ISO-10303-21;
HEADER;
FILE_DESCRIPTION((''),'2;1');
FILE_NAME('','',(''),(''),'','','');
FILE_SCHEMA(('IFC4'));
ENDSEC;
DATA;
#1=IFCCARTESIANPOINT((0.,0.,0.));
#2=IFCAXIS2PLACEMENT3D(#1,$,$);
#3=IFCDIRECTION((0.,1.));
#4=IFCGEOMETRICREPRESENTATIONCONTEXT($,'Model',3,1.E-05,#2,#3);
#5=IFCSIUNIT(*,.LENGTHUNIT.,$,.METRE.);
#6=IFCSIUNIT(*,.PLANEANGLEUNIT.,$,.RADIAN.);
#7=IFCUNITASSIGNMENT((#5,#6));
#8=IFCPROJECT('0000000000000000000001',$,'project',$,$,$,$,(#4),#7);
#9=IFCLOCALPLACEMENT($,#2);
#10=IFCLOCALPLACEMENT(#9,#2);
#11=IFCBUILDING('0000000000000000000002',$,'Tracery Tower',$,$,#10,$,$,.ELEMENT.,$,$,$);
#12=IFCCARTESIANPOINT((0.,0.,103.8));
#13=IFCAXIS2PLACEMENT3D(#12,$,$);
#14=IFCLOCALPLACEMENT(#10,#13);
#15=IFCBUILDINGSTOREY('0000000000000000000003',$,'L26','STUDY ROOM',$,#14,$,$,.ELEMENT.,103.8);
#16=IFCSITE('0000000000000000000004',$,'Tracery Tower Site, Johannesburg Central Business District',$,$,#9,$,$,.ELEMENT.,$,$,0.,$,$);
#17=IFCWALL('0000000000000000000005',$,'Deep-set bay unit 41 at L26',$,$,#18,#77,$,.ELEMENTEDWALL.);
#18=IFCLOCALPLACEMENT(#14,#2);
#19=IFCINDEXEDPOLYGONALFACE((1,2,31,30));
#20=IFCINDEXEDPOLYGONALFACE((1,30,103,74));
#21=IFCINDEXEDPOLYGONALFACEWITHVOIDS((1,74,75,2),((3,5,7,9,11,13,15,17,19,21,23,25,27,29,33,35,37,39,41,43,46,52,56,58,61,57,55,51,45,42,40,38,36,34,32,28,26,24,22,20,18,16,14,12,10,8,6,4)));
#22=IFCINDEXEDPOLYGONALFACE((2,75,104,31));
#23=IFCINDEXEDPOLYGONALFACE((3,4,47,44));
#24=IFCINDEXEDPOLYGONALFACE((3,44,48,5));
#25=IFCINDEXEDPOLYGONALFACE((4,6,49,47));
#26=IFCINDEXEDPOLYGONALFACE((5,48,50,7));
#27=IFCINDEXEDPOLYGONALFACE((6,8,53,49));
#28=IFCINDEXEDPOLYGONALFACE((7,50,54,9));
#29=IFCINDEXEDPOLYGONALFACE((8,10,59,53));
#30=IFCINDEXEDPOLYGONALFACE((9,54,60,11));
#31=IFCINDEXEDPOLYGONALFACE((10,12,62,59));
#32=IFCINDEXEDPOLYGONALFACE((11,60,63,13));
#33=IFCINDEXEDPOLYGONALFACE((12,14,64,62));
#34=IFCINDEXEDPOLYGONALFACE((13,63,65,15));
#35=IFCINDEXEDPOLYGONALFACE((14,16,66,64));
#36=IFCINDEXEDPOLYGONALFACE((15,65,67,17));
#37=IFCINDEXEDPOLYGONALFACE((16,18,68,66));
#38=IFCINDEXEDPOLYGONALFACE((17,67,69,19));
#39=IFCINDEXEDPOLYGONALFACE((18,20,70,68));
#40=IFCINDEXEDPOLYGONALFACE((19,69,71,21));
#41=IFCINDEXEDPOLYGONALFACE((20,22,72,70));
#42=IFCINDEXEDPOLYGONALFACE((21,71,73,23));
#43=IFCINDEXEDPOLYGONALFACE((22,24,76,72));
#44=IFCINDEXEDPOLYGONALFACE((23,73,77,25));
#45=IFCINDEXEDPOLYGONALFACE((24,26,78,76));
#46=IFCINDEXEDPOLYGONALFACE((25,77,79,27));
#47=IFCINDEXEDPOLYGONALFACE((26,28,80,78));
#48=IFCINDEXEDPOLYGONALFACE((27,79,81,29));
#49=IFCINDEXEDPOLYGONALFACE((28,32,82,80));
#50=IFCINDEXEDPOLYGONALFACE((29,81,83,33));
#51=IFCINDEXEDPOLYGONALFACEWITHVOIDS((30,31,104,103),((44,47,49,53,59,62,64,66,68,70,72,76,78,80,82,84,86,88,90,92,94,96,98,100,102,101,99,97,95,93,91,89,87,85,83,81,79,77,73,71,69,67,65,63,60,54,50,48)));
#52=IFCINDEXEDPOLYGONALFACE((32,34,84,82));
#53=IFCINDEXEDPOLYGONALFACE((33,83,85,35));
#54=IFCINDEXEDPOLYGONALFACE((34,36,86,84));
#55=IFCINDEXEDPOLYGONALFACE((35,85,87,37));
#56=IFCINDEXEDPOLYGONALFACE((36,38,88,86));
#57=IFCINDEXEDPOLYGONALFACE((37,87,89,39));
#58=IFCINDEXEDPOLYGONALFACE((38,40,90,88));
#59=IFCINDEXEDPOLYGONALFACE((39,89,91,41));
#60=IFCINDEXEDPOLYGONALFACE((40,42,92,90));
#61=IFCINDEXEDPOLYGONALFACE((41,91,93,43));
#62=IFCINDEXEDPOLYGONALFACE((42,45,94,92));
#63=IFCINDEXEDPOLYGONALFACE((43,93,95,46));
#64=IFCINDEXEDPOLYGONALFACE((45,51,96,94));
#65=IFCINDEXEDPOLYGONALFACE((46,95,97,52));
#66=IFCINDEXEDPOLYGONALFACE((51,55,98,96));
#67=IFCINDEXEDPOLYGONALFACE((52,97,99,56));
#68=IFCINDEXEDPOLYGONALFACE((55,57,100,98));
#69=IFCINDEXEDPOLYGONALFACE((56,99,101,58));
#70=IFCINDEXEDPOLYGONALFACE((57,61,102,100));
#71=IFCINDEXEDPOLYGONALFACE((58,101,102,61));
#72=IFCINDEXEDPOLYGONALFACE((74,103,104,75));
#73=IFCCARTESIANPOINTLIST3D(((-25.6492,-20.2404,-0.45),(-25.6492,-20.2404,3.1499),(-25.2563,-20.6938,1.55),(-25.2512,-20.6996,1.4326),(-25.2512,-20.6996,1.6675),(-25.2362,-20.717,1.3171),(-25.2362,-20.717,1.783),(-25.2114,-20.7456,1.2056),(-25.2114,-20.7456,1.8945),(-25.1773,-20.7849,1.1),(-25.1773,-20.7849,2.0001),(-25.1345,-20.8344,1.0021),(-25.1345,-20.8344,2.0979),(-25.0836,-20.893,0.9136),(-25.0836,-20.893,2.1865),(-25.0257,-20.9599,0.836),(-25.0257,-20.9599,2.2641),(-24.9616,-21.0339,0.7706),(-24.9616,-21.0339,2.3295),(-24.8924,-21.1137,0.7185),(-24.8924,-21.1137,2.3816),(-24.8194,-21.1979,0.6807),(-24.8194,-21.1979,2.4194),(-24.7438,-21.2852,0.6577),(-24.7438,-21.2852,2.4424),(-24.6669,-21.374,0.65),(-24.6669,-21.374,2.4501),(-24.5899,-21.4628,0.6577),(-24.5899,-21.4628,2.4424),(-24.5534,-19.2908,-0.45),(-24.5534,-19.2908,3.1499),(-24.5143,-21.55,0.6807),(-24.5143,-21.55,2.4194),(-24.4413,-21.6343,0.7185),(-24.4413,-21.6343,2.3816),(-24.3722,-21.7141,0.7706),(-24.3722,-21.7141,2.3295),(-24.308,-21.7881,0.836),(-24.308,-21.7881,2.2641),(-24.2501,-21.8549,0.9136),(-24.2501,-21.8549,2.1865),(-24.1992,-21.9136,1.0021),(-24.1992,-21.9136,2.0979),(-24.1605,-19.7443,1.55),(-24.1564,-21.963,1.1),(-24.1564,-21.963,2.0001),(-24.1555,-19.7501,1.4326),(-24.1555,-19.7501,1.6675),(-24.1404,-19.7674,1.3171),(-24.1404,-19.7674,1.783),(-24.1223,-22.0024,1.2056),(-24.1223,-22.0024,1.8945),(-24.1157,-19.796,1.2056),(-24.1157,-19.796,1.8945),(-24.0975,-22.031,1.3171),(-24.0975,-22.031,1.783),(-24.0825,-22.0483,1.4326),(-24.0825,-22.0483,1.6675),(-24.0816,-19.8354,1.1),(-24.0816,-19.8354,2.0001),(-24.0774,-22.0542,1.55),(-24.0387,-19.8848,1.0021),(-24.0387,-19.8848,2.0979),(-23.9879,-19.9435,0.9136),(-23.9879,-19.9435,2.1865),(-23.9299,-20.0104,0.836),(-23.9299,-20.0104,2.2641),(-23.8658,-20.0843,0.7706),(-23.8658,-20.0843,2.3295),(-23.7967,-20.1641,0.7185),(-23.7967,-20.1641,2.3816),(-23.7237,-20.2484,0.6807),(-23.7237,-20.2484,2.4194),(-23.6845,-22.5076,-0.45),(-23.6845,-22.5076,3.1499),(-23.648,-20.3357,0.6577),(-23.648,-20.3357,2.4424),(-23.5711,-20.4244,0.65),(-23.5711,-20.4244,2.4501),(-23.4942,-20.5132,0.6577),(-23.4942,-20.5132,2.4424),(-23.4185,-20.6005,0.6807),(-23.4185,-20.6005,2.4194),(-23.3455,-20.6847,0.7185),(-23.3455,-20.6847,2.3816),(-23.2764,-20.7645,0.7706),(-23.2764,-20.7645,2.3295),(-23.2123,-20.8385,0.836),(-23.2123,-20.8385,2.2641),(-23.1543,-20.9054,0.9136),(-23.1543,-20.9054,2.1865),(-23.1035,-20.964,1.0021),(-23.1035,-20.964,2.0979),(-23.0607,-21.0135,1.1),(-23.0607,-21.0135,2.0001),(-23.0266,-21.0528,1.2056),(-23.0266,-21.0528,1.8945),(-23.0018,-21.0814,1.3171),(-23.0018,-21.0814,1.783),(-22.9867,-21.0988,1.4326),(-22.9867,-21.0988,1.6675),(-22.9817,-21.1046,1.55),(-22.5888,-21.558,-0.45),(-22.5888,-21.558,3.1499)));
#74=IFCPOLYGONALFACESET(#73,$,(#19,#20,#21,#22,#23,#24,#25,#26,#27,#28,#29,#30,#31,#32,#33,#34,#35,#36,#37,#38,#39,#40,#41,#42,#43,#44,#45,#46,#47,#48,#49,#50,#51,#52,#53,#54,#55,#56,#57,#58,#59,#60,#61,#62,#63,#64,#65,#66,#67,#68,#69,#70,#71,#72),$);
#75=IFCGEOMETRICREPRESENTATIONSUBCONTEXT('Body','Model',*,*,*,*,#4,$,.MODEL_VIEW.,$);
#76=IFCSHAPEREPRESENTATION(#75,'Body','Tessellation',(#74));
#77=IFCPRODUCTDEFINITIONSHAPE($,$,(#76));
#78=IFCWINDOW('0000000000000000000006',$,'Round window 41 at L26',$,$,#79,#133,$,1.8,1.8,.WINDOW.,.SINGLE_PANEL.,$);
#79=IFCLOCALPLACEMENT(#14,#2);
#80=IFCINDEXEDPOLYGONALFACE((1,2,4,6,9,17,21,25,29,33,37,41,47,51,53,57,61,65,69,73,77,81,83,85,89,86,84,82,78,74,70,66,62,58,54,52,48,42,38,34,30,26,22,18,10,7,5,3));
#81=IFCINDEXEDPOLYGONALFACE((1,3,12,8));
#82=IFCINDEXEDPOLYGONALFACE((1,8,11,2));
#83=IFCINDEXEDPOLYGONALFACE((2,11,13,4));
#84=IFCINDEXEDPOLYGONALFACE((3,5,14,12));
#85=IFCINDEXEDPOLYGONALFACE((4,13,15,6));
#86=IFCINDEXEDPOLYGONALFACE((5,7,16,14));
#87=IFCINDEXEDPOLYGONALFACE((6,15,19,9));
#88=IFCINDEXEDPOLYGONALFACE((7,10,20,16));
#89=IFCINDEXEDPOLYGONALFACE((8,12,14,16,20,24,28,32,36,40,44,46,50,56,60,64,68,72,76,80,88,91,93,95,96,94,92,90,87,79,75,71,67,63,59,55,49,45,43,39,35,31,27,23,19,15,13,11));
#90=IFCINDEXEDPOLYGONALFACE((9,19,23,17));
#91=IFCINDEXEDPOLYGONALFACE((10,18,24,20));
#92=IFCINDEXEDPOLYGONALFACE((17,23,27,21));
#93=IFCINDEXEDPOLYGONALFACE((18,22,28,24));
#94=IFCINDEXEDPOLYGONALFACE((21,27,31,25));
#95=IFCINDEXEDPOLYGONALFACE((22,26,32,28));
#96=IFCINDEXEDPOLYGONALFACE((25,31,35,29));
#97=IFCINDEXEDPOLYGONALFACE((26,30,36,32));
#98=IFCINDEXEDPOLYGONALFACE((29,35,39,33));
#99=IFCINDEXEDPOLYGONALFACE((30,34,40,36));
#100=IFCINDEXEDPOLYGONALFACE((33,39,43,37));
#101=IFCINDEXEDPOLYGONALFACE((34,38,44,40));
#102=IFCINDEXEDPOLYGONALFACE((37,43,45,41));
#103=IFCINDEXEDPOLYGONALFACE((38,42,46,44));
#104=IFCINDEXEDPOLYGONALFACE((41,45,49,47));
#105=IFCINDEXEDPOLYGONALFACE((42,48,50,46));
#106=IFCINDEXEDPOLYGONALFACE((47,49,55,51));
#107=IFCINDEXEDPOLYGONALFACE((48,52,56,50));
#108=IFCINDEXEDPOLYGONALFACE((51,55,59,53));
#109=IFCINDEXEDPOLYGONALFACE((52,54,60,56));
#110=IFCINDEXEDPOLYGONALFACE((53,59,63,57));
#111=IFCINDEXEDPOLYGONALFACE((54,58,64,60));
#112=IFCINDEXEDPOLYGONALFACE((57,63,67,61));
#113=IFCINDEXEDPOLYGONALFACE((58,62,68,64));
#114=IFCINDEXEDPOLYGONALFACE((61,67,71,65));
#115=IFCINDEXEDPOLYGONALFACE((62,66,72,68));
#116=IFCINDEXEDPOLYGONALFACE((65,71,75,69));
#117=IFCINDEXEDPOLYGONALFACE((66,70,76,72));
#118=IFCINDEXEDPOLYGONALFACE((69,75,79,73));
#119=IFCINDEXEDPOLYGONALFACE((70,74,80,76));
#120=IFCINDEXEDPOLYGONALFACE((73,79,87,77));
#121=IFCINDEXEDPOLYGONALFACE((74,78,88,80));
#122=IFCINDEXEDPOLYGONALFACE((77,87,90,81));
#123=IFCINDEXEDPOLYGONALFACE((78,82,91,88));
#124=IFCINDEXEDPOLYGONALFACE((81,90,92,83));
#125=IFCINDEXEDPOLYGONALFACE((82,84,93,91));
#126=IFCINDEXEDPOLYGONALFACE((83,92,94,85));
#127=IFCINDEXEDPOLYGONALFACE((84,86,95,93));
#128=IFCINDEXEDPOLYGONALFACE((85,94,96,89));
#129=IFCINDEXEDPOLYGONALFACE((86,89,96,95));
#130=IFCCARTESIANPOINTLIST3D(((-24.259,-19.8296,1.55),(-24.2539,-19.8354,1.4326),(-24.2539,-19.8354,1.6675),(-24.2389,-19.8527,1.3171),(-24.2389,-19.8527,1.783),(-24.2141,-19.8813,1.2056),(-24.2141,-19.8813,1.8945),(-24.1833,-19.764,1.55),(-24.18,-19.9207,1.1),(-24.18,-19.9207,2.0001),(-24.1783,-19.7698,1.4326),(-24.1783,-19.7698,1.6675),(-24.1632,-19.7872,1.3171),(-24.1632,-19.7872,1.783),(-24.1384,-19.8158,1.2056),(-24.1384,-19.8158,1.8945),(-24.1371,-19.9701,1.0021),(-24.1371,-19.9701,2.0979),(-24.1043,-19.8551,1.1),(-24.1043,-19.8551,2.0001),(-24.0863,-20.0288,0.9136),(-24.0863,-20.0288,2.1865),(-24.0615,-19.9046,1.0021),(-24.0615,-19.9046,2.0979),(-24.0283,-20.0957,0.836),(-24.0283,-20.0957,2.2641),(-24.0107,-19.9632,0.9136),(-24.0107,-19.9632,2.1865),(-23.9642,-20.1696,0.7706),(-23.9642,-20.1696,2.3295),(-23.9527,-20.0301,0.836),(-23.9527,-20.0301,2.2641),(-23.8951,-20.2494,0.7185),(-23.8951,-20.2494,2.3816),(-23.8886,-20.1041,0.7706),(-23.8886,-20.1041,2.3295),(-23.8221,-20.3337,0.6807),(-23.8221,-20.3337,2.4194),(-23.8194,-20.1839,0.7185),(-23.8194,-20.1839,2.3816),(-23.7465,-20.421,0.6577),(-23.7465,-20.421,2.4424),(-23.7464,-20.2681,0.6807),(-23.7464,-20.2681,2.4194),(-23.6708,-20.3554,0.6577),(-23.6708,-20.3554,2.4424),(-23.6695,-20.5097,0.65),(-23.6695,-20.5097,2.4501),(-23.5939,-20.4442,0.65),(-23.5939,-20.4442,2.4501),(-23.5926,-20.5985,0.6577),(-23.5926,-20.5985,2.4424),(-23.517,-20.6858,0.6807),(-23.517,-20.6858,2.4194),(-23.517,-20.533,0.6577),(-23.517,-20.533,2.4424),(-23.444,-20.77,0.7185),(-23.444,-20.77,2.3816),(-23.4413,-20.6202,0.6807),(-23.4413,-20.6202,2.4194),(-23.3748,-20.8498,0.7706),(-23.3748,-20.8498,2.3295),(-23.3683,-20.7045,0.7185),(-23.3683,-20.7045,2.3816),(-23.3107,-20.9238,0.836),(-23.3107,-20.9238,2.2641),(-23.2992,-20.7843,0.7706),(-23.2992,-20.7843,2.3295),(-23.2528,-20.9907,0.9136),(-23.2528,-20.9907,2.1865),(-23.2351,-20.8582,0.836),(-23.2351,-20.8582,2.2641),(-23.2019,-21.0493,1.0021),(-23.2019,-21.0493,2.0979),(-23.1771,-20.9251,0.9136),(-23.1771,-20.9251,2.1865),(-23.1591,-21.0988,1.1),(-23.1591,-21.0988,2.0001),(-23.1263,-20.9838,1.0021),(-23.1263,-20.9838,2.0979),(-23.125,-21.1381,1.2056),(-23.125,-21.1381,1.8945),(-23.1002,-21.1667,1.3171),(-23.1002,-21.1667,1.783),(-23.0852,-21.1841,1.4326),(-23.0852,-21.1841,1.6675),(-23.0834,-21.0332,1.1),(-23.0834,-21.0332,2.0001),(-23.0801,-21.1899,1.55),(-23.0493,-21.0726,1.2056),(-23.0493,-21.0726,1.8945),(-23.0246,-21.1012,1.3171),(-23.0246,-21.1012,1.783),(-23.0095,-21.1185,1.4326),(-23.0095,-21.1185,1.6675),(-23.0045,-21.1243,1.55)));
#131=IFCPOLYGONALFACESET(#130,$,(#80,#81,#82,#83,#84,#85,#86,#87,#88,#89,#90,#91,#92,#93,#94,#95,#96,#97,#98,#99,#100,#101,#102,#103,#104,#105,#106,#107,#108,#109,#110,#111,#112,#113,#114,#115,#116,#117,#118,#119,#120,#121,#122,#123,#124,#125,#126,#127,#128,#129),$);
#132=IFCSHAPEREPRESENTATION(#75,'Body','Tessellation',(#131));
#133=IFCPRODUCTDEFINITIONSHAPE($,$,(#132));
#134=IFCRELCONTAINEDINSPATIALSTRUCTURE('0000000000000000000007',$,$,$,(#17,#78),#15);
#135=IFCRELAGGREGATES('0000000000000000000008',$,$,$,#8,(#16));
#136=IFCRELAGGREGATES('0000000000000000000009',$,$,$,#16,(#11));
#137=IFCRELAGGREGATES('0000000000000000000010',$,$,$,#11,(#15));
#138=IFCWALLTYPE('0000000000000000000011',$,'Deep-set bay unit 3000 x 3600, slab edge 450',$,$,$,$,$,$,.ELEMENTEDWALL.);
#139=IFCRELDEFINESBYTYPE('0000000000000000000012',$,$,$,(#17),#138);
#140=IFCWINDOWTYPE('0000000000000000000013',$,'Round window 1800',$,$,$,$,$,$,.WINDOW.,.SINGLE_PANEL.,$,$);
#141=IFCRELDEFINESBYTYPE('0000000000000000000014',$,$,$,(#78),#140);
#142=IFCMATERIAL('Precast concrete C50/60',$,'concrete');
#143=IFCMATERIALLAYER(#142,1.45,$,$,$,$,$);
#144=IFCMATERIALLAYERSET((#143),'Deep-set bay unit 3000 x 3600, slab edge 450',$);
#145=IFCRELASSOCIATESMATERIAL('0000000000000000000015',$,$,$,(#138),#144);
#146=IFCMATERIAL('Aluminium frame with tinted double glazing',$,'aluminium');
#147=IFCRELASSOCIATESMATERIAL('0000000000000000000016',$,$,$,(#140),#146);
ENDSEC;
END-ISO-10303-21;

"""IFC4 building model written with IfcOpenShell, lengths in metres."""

from ifc_helpers import new_model, si_unit, direction, frame, frame_2d, origin, origin_2d, place, context, subcontext, project, spatial, rectangle, circle, extrude, material, layer, layer_set, type_object, element, fill, save


model = new_model("IFC4")

# Units and contexts
model_context = context("Model", 3, precision=1e-05, world=origin(), true_north=direction((0.0, 1.0)))
body_context = subcontext(model_context, "Body", "Model", "MODEL_VIEW")
ifc_project = project(units=[si_unit("LENGTHUNIT", "METRE"), si_unit("PLANEANGLEUNIT", "RADIAN")], contexts=[model_context])

# Site, building, storey
site_placement = place(None, origin())
site = spatial("IfcSite", under=ifc_project, at=site_placement, Name="Tracery Tower Site, Johannesburg Central Business District", CompositionType="ELEMENT", RefElevation=0.0)
building_placement = place(site_placement, origin())
building = spatial("IfcBuilding", under=site, at=building_placement, Name="Tracery Tower", CompositionType="ELEMENT")
storey_placement = place(building_placement, frame((0.0, 0.0, 103.8)))
storey = spatial("IfcBuildingStorey", under=building, at=storey_placement, Name="L26", Description="STUDY ROOM", CompositionType="ELEMENT", Elevation=103.8)

# Wall, opening, window
ifc_material_1 = material(Name="Precast concrete C50/60", Category="concrete")
ifc_layer_1 = layer(ifc_material_1, 1.45)
ifc_layer_set_1 = layer_set([ifc_layer_1], Name="Deep-set bay unit 3000 x 3600, slab edge 450")
wall_type_1 = type_object("IfcWallType", Name="Deep-set bay unit 3000 x 3600, slab edge 450", PredefinedType="ELEMENTEDWALL", material=ifc_layer_set_1)
wall_1_placement = place(storey_placement, frame((-25.1013, -19.7656, -0.45), z_axis=(0.0, 0.0, 1.0), x_axis=(0.65489, -0.755724, 0.0)))
wall_1 = element("IfcWall", 1, at=wall_1_placement, inside=storey, type_object=wall_type_1, Name="Deep-set bay unit 41 at L26", PredefinedType="ELEMENTEDWALL", context=body_context, shape_type="SweptSolid", body=[
    extrude(rectangle(XDim=3.0, YDim=1.45, at=frame_2d((1.5, 0.0))), origin(), (0.0, 0.0, 1.0), 3.5999),
])
opening_1_placement = place(wall_1_placement, frame((1.5, 0.0, 2.0)))
opening_1 = element("IfcOpeningElement", 2, at=opening_1_placement, cuts=wall_1, PredefinedType="OPENING", context=body_context, shape_type="SweptSolid", body=[
    extrude(circle(Radius=0.9, at=origin_2d()), frame((0.0, 0.7349, 0.0), z_axis=(0.0, -1.0, 0.0), x_axis=(1.0, 0.0, 0.0)), (0.0, 0.0, 1.0), 1.47),
])
ifc_material_2 = material(Name="Aluminium frame with tinted double glazing", Category="aluminium")
window_type = type_object("IfcWindowType", Name="Round window 1800", PartitioningType="SINGLE_PANEL", PredefinedType="WINDOW", material=ifc_material_2)
window_1_placement = place(opening_1_placement, origin())
window_1 = element("IfcWindow", 3, at=window_1_placement, inside=storey, type_object=window_type, Name="Round window 41 at L26", OverallHeight=1.8, OverallWidth=1.8, PartitioningType="SINGLE_PANEL", PredefinedType="WINDOW", context=body_context, shape_type="SweptSolid", body=[
    extrude(circle(Radius=0.9, at=origin_2d()), frame((0.0, 0.6948, 0.0), z_axis=(0.0, -1.0, 0.0), x_axis=(1.0, 0.0, 0.0)), (0.0, 0.0, 1.0), 0.1001),
])
fill(opening_1, window_1)

save(model, "model.ifc")
